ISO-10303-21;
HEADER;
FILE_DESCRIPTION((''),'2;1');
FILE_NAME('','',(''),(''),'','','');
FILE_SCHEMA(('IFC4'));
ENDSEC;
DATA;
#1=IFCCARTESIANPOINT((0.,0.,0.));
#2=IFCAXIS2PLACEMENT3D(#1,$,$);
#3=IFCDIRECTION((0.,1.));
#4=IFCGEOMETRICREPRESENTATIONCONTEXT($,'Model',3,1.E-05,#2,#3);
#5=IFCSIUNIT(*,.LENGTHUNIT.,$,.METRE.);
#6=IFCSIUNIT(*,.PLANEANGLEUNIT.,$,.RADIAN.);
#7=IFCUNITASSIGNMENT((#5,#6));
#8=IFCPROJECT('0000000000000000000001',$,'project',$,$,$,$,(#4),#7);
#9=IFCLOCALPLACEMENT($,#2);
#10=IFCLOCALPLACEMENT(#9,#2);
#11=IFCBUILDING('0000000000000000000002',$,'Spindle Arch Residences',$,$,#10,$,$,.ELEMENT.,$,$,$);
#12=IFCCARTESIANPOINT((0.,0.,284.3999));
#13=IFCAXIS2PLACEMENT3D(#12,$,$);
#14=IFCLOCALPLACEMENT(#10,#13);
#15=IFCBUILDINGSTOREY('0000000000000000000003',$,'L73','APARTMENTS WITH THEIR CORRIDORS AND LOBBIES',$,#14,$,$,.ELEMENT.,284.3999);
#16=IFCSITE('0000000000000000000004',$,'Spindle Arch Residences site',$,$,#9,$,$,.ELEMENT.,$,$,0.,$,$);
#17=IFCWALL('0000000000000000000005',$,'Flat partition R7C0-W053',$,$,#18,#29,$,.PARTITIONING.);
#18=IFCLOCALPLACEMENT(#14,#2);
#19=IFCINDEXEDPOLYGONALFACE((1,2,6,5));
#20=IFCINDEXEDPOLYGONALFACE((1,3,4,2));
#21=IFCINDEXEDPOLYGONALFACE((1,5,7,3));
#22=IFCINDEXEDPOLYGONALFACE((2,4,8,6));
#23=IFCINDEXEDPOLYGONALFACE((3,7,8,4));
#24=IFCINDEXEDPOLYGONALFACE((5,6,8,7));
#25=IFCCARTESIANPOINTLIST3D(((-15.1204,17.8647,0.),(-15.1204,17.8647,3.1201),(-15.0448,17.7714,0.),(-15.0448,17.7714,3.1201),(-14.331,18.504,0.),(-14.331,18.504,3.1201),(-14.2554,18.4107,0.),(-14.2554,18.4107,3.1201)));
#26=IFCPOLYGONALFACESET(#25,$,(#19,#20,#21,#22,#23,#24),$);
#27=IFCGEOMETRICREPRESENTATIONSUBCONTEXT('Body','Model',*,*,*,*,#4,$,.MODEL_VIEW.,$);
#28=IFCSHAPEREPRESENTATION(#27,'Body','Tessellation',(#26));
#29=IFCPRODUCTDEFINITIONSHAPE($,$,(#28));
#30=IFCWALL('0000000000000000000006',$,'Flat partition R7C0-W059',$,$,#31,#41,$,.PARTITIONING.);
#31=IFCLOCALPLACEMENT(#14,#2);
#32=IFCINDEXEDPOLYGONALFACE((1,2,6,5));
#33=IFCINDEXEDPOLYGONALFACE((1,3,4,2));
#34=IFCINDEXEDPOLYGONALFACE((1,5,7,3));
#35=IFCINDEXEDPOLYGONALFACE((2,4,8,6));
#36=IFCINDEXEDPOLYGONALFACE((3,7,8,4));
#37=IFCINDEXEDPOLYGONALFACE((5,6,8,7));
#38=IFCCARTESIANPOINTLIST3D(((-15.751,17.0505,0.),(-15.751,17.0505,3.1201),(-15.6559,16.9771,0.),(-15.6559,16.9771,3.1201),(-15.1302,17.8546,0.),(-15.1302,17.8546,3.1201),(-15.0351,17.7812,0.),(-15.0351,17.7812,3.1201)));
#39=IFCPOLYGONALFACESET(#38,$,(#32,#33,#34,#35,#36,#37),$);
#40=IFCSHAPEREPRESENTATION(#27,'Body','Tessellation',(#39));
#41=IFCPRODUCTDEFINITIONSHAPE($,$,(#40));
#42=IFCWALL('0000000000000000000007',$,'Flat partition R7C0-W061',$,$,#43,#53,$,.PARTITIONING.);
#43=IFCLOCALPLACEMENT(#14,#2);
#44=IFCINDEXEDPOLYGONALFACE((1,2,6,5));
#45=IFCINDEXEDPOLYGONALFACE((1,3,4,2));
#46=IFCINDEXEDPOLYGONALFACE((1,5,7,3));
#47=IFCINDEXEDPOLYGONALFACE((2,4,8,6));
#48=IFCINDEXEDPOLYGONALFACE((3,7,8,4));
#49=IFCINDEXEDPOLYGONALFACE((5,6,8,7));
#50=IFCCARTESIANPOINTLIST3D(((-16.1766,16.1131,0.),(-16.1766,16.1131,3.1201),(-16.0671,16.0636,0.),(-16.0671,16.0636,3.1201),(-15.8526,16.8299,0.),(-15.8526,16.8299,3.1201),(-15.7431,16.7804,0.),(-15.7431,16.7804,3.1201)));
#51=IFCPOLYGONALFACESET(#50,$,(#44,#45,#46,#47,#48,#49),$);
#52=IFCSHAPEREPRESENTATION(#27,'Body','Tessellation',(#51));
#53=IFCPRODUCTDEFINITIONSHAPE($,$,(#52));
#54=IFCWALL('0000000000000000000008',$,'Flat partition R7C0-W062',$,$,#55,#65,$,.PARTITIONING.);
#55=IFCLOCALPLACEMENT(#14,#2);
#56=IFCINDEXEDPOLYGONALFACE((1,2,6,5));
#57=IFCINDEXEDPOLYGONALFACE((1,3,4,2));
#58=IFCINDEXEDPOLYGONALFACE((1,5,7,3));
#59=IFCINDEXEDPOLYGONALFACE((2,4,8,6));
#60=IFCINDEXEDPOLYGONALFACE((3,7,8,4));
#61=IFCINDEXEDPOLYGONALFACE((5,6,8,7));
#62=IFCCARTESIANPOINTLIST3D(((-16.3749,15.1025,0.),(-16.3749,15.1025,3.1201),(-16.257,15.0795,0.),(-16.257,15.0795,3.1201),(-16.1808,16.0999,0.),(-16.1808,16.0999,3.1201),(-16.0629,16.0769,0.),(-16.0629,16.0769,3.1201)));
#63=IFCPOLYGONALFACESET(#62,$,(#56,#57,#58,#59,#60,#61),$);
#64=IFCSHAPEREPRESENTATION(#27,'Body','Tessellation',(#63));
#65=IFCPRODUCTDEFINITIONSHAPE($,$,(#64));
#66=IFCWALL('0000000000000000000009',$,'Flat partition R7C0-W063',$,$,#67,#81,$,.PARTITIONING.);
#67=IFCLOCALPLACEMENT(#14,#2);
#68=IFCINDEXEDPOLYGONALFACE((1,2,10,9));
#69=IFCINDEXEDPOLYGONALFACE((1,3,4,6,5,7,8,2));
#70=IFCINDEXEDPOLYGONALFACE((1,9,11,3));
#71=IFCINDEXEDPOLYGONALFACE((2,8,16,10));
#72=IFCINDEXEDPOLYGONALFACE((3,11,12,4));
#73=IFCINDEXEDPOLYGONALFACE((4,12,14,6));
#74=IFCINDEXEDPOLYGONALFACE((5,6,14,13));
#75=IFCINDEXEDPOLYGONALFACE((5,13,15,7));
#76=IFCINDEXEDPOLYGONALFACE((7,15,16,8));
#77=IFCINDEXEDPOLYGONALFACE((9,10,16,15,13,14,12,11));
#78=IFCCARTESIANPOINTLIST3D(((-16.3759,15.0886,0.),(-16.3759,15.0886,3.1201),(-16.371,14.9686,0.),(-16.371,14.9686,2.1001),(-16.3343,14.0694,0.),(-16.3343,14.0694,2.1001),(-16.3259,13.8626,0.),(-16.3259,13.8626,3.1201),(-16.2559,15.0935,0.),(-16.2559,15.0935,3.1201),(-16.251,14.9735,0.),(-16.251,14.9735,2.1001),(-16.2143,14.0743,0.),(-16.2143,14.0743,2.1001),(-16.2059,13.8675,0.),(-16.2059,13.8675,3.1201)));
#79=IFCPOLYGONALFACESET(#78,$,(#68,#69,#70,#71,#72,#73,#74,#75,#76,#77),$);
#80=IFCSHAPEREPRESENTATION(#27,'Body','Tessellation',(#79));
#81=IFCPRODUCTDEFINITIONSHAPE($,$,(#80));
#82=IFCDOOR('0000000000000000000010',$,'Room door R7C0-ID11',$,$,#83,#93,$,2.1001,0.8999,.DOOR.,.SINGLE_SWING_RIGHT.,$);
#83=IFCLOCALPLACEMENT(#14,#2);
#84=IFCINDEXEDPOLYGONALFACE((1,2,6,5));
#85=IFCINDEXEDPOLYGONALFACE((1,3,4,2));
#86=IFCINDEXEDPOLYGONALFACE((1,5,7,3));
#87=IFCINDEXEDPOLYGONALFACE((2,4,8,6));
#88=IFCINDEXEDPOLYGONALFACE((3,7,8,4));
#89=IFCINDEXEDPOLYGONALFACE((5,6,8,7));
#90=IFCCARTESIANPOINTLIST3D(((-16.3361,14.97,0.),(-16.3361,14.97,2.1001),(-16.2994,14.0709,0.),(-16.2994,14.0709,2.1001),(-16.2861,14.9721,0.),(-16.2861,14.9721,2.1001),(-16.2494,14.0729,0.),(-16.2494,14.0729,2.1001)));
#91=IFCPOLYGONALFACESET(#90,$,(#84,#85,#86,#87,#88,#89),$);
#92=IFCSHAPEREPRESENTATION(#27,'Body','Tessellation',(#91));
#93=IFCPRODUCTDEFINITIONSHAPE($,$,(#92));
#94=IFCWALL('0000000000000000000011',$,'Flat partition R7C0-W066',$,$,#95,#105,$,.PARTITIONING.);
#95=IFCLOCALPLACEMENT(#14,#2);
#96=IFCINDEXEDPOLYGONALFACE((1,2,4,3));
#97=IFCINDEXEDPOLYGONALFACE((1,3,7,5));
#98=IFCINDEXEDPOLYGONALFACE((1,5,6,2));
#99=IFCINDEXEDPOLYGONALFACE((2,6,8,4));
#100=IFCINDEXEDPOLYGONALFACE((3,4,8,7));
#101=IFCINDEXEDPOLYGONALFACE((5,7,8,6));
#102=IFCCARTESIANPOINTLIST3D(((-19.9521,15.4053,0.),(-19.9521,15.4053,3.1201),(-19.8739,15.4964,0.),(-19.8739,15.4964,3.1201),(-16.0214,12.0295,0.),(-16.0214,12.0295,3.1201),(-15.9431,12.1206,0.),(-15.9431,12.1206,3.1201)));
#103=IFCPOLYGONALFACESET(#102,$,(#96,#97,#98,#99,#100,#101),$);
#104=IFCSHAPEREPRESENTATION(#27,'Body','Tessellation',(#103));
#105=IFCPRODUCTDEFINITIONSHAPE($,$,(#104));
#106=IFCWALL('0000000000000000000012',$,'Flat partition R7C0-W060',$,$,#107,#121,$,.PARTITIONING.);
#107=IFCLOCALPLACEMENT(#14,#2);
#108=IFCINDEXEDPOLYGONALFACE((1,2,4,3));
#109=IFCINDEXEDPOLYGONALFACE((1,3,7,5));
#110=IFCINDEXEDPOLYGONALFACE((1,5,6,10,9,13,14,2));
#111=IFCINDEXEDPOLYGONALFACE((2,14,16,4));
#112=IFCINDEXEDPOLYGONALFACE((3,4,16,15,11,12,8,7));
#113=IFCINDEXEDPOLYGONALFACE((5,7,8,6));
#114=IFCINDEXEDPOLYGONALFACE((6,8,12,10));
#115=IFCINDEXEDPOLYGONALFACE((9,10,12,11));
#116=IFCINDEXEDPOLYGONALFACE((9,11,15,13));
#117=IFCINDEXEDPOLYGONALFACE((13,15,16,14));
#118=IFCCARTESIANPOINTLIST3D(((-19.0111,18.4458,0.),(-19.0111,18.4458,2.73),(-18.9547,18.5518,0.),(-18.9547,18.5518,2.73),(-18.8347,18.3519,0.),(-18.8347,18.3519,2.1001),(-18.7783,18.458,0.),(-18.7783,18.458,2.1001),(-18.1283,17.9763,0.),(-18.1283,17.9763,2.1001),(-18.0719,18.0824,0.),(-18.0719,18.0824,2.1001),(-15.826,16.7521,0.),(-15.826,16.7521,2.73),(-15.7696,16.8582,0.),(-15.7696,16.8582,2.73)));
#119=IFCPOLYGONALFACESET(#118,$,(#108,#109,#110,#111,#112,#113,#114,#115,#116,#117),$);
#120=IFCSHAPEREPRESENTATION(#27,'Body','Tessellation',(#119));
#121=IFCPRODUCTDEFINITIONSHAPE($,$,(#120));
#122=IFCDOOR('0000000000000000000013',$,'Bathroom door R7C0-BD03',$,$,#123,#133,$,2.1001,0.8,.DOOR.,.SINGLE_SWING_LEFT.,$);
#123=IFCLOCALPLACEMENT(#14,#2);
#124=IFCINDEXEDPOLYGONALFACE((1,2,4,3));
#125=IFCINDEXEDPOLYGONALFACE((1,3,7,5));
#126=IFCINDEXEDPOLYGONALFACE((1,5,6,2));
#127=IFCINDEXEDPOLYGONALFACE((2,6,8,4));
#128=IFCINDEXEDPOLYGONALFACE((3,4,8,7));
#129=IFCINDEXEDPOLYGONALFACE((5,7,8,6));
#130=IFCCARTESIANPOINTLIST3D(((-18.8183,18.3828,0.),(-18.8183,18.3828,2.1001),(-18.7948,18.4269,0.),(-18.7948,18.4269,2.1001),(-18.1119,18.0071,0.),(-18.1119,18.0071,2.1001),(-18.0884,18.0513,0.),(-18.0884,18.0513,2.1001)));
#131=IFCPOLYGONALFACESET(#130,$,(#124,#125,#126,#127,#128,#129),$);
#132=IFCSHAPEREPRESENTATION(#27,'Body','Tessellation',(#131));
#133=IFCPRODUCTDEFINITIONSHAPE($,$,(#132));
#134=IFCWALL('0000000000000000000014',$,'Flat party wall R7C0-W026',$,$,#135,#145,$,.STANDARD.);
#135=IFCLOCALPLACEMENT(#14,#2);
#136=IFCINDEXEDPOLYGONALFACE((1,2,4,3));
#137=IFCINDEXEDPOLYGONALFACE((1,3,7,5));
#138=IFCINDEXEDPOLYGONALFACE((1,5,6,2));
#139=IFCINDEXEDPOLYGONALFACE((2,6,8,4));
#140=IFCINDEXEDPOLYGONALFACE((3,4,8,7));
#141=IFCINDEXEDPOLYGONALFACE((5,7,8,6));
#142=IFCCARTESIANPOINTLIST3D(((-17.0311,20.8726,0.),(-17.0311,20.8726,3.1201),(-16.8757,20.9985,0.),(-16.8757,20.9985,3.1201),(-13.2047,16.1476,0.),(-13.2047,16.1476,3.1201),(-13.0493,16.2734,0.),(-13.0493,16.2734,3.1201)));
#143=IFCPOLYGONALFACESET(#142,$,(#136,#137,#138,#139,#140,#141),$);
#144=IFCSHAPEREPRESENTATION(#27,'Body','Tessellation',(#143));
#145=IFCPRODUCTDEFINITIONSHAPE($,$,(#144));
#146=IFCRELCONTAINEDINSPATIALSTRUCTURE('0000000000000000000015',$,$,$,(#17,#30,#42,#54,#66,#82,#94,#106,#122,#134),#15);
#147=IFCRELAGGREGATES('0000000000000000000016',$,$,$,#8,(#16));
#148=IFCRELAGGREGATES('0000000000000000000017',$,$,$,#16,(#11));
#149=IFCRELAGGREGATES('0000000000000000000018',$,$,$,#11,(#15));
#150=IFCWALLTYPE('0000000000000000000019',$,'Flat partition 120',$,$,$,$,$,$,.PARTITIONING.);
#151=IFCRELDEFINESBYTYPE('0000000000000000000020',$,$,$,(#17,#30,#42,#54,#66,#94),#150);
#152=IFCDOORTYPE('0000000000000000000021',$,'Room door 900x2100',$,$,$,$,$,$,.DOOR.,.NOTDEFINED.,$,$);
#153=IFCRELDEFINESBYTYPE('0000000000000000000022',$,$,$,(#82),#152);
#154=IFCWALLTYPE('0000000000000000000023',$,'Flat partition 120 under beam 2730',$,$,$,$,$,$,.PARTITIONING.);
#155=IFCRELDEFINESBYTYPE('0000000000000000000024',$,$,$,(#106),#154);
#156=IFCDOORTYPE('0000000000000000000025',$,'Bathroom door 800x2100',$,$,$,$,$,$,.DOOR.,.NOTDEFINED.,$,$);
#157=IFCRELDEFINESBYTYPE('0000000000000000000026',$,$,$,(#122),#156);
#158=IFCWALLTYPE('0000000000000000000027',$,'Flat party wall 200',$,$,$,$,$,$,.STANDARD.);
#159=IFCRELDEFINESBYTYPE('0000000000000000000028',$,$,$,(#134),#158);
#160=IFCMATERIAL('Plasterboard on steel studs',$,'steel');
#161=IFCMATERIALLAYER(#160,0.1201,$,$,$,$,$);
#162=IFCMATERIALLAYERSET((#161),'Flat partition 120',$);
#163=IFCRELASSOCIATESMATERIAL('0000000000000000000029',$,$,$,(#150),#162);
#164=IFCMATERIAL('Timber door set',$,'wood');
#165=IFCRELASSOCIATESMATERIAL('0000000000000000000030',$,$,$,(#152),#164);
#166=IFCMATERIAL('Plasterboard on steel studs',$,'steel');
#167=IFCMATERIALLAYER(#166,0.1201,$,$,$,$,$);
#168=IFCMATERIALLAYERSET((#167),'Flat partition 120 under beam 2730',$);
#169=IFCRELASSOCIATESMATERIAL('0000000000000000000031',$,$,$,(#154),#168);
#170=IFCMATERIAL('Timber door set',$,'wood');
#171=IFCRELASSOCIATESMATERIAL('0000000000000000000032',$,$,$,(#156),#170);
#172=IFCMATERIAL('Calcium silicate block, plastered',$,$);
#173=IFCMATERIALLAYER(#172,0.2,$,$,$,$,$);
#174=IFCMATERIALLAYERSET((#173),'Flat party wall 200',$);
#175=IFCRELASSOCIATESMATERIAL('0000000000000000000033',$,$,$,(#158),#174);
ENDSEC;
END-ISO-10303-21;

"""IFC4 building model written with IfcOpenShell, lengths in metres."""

from ifc_helpers import new_model, si_unit, direction, frame, frame_2d, origin, place, context, subcontext, project, spatial, rectangle, extrude, material, layer, layer_set, type_object, element, fill, save


model = new_model("IFC4")

# Units and contexts
model_context = context("Model", 3, precision=1e-05, world=origin(), true_north=direction((0.0, 1.0)))
body_context = subcontext(model_context, "Body", "Model", "MODEL_VIEW")
ifc_project = project(units=[si_unit("LENGTHUNIT", "METRE"), si_unit("PLANEANGLEUNIT", "RADIAN")], contexts=[model_context])

# Site, building, storey
site_placement = place(None, origin())
site = spatial("IfcSite", under=ifc_project, at=site_placement, Name="Spindle Arch Residences site", CompositionType="ELEMENT", RefElevation=0.0)
building_placement = place(site_placement, origin())
building = spatial("IfcBuilding", under=site, at=building_placement, Name="Spindle Arch Residences", CompositionType="ELEMENT")
storey_placement = place(building_placement, frame((0.0, 0.0, 284.3999)))
storey = spatial("IfcBuildingStorey", under=building, at=storey_placement, Name="L73", Description="APARTMENTS WITH THEIR CORRIDORS AND LOBBIES", CompositionType="ELEMENT", Elevation=284.3999)

# Walls
ifc_material_1 = material(Name="Plasterboard on steel studs", Category="steel")
ifc_layer_1 = layer(ifc_material_1, 0.1201)
ifc_layer_set_1 = layer_set([ifc_layer_1], Name="Flat partition 120")
wall_type_1 = type_object("IfcWallType", Name="Flat partition 120", PredefinedType="PARTITIONING", material=ifc_layer_set_1)
for number, where, z_axis, x_axis, name in (
    (1, (-15.0825, 17.8181, 0.0), (0.0, 0.0, 1.0), (0.777127, 0.629343, 0.0), "Flat partition R7C0-W053"),
    (2, (-15.7034, 17.0139, 0.0), (0.0, 0.0, 1.0), (0.611092, 0.79156, 0.0), "Flat partition R7C0-W059"),
):
    element("IfcWall", number, at=place(storey_placement, frame(where, z_axis=z_axis, x_axis=x_axis)), inside=storey, type_object=wall_type_1, Name=name, PredefinedType="PARTITIONING", context=body_context, shape_type="SweptSolid", body=[
        extrude(rectangle(XDim=1.0159, YDim=0.1201, at=frame_2d((0.5078, 0.0))), origin(), (0.0, 0.0, 1.0), 3.1201),
    ])
wall_1_placement = place(storey_placement, frame((-15.7979, 16.8052, 0.0), z_axis=(0.0, 0.0, 1.0), x_axis=(-0.411861, -0.911247, 0.0)))
element("IfcWall", 3, at=wall_1_placement, inside=storey, type_object=wall_type_1, Name="Flat partition R7C0-W061", PredefinedType="PARTITIONING", context=body_context, shape_type="SweptSolid", body=[
    extrude(rectangle(XDim=0.7866, YDim=0.1201, at=frame_2d((0.3933, 0.0))), origin(), (0.0, 0.0, 1.0), 3.1201),
])
wall_2_placement = place(storey_placement, frame((-16.1218, 16.0884, 0.0), z_axis=(0.0, 0.0, 1.0), x_axis=(-0.19103, -0.981584, 0.0)))
element("IfcWall", 4, at=wall_2_placement, inside=storey, type_object=wall_type_1, Name="Flat partition R7C0-W062", PredefinedType="PARTITIONING", context=body_context, shape_type="SweptSolid", body=[
    extrude(rectangle(XDim=1.0161, YDim=0.1201, at=frame_2d((0.5081, 0.0))), origin(), (0.0, 0.0, 1.0), 3.1201),
])

# Wall, opening, door
wall_3_placement = place(storey_placement, frame((-16.3159, 15.0911, 0.0), z_axis=(0.0, 0.0, 1.0), x_axis=(0.040786, -0.999168, 0.0)))
wall_3 = element("IfcWall", 5, at=wall_3_placement, inside=storey, type_object=wall_type_1, Name="Flat partition R7C0-W063", PredefinedType="PARTITIONING", context=body_context, shape_type="SweptSolid", body=[
    extrude(rectangle(XDim=1.2271, YDim=0.1201, at=frame_2d((0.6135, 0.0))), origin(), (0.0, 0.0, 1.0), 3.1201),
])
opening_1_placement = place(wall_3_placement, frame((0.1201, 0.0, 0.0)))
opening_1 = element("IfcOpeningElement", 6, at=opening_1_placement, cuts=wall_3, PredefinedType="OPENING", context=body_context, shape_type="SweptSolid", body=[
    extrude(rectangle(XDim=0.8999, YDim=2.1001, at=frame_2d((0.45, 1.05))), frame((0.0, 0.0701, 0.0), z_axis=(0.0, -1.0, 0.0), x_axis=(1.0, 0.0, 0.0)), (0.0, 0.0, 1.0), 0.1401),
])
ifc_material_2 = material(Name="Timber door set", Category="wood")
door_type_1 = type_object("IfcDoorType", Name="Room door 900x2100", OperationType="NOTDEFINED", PredefinedType="DOOR", material=ifc_material_2)
door_1_placement = place(opening_1_placement, origin())
door_1 = element("IfcDoor", 7, at=door_1_placement, inside=storey, type_object=door_type_1, Name="Room door R7C0-ID11", OperationType="SINGLE_SWING_RIGHT", OverallHeight=2.1001, OverallWidth=0.8999, PredefinedType="DOOR", context=body_context, shape_type="SweptSolid", body=[
    extrude(rectangle(XDim=0.8999, YDim=2.1001, at=frame_2d((0.45, 1.05))), frame((0.0, 0.0249, 0.0), z_axis=(0.0, -1.0, 0.0), x_axis=(1.0, 0.0, 0.0)), (0.0, 0.0, 1.0), 0.05),
])
fill(opening_1, door_1)

# Wall
wall_4_placement = place(storey_placement, frame((-19.9131, 15.4509, 0.0), z_axis=(0.0, 0.0, 1.0), x_axis=(0.758628, -0.651524, 0.0)))
element("IfcWall", 8, at=wall_4_placement, inside=storey, type_object=wall_type_1, Name="Flat partition R7C0-W066", PredefinedType="PARTITIONING", context=body_context, shape_type="SweptSolid", body=[
    extrude(rectangle(XDim=5.1814, YDim=0.1201, at=frame_2d((2.5908, 0.0))), origin(), (0.0, 0.0, 1.0), 3.1201),
])

# Wall, opening, door
ifc_material_3 = material(Name="Plasterboard on steel studs", Category="steel")
ifc_layer_2 = layer(ifc_material_3, 0.1201)
ifc_layer_set_2 = layer_set([ifc_layer_2], Name="Flat partition 120 under beam 2730")
wall_type_2 = type_object("IfcWallType", Name="Flat partition 120 under beam 2730", PredefinedType="PARTITIONING", material=ifc_layer_set_2)
wall_5_placement = place(storey_placement, frame((-18.9829, 18.4988, 0.0), z_axis=(0.0, 0.0, 1.0), x_axis=(0.882939, -0.469488, 0.0)))
wall_5 = element("IfcWall", 9, at=wall_5_placement, inside=storey, type_object=wall_type_2, Name="Flat partition R7C0-W060", PredefinedType="PARTITIONING", context=body_context, shape_type="SweptSolid", body=[
    extrude(rectangle(XDim=3.6074, YDim=0.1201, at=frame_2d((1.8037, 0.0))), origin(), (0.0, 0.0, 1.0), 2.73),
])
opening_2_placement = place(wall_5_placement, frame((0.2, 0.0, 0.0)))
opening_2 = element("IfcOpeningElement", 10, at=opening_2_placement, cuts=wall_5, PredefinedType="OPENING", context=body_context, shape_type="SweptSolid", body=[
    extrude(rectangle(XDim=0.8, YDim=2.1001, at=frame_2d((0.3999, 1.05))), frame((0.0, 0.0701, 0.0), z_axis=(0.0, -1.0, 0.0), x_axis=(1.0, 0.0, 0.0)), (0.0, 0.0, 1.0), 0.1401),
])
ifc_material_4 = material(Name="Timber door set", Category="wood")
door_type_2 = type_object("IfcDoorType", Name="Bathroom door 800x2100", OperationType="NOTDEFINED", PredefinedType="DOOR", material=ifc_material_4)
door_2_placement = place(opening_2_placement, origin())
door_2 = element("IfcDoor", 11, at=door_2_placement, inside=storey, type_object=door_type_2, Name="Bathroom door R7C0-BD03", OperationType="SINGLE_SWING_LEFT", OverallHeight=2.1001, OverallWidth=0.8, PredefinedType="DOOR", context=body_context, shape_type="SweptSolid", body=[
    extrude(rectangle(XDim=0.8, YDim=2.1001, at=frame_2d((0.3999, 1.05))), frame((0.0, 0.0249, 0.0), z_axis=(0.0, -1.0, 0.0), x_axis=(1.0, 0.0, 0.0)), (0.0, 0.0, 1.0), 0.05),
])
fill(opening_2, door_2)

# Wall
ifc_material_5 = material(Name="Calcium silicate block, plastered")
ifc_layer_3 = layer(ifc_material_5, 0.2)
ifc_layer_set_3 = layer_set([ifc_layer_3], Name="Flat party wall 200")
wall_type_3 = type_object("IfcWallType", Name="Flat party wall 200", PredefinedType="STANDARD", material=ifc_layer_set_3)
wall_6_placement = place(storey_placement, frame((-16.9534, 20.9355, 0.0), z_axis=(0.0, 0.0, 1.0), x_axis=(0.629331, -0.777137, 0.0)))
element("IfcWall", 12, at=wall_6_placement, inside=storey, type_object=wall_type_3, Name="Flat party wall R7C0-W026", PredefinedType="STANDARD", context=body_context, shape_type="SweptSolid", body=[
    extrude(rectangle(XDim=6.0801, YDim=0.2, at=frame_2d((3.04, 0.0))), origin(), (0.0, 0.0, 1.0), 3.1201),
])

save(model, "model.ifc")
